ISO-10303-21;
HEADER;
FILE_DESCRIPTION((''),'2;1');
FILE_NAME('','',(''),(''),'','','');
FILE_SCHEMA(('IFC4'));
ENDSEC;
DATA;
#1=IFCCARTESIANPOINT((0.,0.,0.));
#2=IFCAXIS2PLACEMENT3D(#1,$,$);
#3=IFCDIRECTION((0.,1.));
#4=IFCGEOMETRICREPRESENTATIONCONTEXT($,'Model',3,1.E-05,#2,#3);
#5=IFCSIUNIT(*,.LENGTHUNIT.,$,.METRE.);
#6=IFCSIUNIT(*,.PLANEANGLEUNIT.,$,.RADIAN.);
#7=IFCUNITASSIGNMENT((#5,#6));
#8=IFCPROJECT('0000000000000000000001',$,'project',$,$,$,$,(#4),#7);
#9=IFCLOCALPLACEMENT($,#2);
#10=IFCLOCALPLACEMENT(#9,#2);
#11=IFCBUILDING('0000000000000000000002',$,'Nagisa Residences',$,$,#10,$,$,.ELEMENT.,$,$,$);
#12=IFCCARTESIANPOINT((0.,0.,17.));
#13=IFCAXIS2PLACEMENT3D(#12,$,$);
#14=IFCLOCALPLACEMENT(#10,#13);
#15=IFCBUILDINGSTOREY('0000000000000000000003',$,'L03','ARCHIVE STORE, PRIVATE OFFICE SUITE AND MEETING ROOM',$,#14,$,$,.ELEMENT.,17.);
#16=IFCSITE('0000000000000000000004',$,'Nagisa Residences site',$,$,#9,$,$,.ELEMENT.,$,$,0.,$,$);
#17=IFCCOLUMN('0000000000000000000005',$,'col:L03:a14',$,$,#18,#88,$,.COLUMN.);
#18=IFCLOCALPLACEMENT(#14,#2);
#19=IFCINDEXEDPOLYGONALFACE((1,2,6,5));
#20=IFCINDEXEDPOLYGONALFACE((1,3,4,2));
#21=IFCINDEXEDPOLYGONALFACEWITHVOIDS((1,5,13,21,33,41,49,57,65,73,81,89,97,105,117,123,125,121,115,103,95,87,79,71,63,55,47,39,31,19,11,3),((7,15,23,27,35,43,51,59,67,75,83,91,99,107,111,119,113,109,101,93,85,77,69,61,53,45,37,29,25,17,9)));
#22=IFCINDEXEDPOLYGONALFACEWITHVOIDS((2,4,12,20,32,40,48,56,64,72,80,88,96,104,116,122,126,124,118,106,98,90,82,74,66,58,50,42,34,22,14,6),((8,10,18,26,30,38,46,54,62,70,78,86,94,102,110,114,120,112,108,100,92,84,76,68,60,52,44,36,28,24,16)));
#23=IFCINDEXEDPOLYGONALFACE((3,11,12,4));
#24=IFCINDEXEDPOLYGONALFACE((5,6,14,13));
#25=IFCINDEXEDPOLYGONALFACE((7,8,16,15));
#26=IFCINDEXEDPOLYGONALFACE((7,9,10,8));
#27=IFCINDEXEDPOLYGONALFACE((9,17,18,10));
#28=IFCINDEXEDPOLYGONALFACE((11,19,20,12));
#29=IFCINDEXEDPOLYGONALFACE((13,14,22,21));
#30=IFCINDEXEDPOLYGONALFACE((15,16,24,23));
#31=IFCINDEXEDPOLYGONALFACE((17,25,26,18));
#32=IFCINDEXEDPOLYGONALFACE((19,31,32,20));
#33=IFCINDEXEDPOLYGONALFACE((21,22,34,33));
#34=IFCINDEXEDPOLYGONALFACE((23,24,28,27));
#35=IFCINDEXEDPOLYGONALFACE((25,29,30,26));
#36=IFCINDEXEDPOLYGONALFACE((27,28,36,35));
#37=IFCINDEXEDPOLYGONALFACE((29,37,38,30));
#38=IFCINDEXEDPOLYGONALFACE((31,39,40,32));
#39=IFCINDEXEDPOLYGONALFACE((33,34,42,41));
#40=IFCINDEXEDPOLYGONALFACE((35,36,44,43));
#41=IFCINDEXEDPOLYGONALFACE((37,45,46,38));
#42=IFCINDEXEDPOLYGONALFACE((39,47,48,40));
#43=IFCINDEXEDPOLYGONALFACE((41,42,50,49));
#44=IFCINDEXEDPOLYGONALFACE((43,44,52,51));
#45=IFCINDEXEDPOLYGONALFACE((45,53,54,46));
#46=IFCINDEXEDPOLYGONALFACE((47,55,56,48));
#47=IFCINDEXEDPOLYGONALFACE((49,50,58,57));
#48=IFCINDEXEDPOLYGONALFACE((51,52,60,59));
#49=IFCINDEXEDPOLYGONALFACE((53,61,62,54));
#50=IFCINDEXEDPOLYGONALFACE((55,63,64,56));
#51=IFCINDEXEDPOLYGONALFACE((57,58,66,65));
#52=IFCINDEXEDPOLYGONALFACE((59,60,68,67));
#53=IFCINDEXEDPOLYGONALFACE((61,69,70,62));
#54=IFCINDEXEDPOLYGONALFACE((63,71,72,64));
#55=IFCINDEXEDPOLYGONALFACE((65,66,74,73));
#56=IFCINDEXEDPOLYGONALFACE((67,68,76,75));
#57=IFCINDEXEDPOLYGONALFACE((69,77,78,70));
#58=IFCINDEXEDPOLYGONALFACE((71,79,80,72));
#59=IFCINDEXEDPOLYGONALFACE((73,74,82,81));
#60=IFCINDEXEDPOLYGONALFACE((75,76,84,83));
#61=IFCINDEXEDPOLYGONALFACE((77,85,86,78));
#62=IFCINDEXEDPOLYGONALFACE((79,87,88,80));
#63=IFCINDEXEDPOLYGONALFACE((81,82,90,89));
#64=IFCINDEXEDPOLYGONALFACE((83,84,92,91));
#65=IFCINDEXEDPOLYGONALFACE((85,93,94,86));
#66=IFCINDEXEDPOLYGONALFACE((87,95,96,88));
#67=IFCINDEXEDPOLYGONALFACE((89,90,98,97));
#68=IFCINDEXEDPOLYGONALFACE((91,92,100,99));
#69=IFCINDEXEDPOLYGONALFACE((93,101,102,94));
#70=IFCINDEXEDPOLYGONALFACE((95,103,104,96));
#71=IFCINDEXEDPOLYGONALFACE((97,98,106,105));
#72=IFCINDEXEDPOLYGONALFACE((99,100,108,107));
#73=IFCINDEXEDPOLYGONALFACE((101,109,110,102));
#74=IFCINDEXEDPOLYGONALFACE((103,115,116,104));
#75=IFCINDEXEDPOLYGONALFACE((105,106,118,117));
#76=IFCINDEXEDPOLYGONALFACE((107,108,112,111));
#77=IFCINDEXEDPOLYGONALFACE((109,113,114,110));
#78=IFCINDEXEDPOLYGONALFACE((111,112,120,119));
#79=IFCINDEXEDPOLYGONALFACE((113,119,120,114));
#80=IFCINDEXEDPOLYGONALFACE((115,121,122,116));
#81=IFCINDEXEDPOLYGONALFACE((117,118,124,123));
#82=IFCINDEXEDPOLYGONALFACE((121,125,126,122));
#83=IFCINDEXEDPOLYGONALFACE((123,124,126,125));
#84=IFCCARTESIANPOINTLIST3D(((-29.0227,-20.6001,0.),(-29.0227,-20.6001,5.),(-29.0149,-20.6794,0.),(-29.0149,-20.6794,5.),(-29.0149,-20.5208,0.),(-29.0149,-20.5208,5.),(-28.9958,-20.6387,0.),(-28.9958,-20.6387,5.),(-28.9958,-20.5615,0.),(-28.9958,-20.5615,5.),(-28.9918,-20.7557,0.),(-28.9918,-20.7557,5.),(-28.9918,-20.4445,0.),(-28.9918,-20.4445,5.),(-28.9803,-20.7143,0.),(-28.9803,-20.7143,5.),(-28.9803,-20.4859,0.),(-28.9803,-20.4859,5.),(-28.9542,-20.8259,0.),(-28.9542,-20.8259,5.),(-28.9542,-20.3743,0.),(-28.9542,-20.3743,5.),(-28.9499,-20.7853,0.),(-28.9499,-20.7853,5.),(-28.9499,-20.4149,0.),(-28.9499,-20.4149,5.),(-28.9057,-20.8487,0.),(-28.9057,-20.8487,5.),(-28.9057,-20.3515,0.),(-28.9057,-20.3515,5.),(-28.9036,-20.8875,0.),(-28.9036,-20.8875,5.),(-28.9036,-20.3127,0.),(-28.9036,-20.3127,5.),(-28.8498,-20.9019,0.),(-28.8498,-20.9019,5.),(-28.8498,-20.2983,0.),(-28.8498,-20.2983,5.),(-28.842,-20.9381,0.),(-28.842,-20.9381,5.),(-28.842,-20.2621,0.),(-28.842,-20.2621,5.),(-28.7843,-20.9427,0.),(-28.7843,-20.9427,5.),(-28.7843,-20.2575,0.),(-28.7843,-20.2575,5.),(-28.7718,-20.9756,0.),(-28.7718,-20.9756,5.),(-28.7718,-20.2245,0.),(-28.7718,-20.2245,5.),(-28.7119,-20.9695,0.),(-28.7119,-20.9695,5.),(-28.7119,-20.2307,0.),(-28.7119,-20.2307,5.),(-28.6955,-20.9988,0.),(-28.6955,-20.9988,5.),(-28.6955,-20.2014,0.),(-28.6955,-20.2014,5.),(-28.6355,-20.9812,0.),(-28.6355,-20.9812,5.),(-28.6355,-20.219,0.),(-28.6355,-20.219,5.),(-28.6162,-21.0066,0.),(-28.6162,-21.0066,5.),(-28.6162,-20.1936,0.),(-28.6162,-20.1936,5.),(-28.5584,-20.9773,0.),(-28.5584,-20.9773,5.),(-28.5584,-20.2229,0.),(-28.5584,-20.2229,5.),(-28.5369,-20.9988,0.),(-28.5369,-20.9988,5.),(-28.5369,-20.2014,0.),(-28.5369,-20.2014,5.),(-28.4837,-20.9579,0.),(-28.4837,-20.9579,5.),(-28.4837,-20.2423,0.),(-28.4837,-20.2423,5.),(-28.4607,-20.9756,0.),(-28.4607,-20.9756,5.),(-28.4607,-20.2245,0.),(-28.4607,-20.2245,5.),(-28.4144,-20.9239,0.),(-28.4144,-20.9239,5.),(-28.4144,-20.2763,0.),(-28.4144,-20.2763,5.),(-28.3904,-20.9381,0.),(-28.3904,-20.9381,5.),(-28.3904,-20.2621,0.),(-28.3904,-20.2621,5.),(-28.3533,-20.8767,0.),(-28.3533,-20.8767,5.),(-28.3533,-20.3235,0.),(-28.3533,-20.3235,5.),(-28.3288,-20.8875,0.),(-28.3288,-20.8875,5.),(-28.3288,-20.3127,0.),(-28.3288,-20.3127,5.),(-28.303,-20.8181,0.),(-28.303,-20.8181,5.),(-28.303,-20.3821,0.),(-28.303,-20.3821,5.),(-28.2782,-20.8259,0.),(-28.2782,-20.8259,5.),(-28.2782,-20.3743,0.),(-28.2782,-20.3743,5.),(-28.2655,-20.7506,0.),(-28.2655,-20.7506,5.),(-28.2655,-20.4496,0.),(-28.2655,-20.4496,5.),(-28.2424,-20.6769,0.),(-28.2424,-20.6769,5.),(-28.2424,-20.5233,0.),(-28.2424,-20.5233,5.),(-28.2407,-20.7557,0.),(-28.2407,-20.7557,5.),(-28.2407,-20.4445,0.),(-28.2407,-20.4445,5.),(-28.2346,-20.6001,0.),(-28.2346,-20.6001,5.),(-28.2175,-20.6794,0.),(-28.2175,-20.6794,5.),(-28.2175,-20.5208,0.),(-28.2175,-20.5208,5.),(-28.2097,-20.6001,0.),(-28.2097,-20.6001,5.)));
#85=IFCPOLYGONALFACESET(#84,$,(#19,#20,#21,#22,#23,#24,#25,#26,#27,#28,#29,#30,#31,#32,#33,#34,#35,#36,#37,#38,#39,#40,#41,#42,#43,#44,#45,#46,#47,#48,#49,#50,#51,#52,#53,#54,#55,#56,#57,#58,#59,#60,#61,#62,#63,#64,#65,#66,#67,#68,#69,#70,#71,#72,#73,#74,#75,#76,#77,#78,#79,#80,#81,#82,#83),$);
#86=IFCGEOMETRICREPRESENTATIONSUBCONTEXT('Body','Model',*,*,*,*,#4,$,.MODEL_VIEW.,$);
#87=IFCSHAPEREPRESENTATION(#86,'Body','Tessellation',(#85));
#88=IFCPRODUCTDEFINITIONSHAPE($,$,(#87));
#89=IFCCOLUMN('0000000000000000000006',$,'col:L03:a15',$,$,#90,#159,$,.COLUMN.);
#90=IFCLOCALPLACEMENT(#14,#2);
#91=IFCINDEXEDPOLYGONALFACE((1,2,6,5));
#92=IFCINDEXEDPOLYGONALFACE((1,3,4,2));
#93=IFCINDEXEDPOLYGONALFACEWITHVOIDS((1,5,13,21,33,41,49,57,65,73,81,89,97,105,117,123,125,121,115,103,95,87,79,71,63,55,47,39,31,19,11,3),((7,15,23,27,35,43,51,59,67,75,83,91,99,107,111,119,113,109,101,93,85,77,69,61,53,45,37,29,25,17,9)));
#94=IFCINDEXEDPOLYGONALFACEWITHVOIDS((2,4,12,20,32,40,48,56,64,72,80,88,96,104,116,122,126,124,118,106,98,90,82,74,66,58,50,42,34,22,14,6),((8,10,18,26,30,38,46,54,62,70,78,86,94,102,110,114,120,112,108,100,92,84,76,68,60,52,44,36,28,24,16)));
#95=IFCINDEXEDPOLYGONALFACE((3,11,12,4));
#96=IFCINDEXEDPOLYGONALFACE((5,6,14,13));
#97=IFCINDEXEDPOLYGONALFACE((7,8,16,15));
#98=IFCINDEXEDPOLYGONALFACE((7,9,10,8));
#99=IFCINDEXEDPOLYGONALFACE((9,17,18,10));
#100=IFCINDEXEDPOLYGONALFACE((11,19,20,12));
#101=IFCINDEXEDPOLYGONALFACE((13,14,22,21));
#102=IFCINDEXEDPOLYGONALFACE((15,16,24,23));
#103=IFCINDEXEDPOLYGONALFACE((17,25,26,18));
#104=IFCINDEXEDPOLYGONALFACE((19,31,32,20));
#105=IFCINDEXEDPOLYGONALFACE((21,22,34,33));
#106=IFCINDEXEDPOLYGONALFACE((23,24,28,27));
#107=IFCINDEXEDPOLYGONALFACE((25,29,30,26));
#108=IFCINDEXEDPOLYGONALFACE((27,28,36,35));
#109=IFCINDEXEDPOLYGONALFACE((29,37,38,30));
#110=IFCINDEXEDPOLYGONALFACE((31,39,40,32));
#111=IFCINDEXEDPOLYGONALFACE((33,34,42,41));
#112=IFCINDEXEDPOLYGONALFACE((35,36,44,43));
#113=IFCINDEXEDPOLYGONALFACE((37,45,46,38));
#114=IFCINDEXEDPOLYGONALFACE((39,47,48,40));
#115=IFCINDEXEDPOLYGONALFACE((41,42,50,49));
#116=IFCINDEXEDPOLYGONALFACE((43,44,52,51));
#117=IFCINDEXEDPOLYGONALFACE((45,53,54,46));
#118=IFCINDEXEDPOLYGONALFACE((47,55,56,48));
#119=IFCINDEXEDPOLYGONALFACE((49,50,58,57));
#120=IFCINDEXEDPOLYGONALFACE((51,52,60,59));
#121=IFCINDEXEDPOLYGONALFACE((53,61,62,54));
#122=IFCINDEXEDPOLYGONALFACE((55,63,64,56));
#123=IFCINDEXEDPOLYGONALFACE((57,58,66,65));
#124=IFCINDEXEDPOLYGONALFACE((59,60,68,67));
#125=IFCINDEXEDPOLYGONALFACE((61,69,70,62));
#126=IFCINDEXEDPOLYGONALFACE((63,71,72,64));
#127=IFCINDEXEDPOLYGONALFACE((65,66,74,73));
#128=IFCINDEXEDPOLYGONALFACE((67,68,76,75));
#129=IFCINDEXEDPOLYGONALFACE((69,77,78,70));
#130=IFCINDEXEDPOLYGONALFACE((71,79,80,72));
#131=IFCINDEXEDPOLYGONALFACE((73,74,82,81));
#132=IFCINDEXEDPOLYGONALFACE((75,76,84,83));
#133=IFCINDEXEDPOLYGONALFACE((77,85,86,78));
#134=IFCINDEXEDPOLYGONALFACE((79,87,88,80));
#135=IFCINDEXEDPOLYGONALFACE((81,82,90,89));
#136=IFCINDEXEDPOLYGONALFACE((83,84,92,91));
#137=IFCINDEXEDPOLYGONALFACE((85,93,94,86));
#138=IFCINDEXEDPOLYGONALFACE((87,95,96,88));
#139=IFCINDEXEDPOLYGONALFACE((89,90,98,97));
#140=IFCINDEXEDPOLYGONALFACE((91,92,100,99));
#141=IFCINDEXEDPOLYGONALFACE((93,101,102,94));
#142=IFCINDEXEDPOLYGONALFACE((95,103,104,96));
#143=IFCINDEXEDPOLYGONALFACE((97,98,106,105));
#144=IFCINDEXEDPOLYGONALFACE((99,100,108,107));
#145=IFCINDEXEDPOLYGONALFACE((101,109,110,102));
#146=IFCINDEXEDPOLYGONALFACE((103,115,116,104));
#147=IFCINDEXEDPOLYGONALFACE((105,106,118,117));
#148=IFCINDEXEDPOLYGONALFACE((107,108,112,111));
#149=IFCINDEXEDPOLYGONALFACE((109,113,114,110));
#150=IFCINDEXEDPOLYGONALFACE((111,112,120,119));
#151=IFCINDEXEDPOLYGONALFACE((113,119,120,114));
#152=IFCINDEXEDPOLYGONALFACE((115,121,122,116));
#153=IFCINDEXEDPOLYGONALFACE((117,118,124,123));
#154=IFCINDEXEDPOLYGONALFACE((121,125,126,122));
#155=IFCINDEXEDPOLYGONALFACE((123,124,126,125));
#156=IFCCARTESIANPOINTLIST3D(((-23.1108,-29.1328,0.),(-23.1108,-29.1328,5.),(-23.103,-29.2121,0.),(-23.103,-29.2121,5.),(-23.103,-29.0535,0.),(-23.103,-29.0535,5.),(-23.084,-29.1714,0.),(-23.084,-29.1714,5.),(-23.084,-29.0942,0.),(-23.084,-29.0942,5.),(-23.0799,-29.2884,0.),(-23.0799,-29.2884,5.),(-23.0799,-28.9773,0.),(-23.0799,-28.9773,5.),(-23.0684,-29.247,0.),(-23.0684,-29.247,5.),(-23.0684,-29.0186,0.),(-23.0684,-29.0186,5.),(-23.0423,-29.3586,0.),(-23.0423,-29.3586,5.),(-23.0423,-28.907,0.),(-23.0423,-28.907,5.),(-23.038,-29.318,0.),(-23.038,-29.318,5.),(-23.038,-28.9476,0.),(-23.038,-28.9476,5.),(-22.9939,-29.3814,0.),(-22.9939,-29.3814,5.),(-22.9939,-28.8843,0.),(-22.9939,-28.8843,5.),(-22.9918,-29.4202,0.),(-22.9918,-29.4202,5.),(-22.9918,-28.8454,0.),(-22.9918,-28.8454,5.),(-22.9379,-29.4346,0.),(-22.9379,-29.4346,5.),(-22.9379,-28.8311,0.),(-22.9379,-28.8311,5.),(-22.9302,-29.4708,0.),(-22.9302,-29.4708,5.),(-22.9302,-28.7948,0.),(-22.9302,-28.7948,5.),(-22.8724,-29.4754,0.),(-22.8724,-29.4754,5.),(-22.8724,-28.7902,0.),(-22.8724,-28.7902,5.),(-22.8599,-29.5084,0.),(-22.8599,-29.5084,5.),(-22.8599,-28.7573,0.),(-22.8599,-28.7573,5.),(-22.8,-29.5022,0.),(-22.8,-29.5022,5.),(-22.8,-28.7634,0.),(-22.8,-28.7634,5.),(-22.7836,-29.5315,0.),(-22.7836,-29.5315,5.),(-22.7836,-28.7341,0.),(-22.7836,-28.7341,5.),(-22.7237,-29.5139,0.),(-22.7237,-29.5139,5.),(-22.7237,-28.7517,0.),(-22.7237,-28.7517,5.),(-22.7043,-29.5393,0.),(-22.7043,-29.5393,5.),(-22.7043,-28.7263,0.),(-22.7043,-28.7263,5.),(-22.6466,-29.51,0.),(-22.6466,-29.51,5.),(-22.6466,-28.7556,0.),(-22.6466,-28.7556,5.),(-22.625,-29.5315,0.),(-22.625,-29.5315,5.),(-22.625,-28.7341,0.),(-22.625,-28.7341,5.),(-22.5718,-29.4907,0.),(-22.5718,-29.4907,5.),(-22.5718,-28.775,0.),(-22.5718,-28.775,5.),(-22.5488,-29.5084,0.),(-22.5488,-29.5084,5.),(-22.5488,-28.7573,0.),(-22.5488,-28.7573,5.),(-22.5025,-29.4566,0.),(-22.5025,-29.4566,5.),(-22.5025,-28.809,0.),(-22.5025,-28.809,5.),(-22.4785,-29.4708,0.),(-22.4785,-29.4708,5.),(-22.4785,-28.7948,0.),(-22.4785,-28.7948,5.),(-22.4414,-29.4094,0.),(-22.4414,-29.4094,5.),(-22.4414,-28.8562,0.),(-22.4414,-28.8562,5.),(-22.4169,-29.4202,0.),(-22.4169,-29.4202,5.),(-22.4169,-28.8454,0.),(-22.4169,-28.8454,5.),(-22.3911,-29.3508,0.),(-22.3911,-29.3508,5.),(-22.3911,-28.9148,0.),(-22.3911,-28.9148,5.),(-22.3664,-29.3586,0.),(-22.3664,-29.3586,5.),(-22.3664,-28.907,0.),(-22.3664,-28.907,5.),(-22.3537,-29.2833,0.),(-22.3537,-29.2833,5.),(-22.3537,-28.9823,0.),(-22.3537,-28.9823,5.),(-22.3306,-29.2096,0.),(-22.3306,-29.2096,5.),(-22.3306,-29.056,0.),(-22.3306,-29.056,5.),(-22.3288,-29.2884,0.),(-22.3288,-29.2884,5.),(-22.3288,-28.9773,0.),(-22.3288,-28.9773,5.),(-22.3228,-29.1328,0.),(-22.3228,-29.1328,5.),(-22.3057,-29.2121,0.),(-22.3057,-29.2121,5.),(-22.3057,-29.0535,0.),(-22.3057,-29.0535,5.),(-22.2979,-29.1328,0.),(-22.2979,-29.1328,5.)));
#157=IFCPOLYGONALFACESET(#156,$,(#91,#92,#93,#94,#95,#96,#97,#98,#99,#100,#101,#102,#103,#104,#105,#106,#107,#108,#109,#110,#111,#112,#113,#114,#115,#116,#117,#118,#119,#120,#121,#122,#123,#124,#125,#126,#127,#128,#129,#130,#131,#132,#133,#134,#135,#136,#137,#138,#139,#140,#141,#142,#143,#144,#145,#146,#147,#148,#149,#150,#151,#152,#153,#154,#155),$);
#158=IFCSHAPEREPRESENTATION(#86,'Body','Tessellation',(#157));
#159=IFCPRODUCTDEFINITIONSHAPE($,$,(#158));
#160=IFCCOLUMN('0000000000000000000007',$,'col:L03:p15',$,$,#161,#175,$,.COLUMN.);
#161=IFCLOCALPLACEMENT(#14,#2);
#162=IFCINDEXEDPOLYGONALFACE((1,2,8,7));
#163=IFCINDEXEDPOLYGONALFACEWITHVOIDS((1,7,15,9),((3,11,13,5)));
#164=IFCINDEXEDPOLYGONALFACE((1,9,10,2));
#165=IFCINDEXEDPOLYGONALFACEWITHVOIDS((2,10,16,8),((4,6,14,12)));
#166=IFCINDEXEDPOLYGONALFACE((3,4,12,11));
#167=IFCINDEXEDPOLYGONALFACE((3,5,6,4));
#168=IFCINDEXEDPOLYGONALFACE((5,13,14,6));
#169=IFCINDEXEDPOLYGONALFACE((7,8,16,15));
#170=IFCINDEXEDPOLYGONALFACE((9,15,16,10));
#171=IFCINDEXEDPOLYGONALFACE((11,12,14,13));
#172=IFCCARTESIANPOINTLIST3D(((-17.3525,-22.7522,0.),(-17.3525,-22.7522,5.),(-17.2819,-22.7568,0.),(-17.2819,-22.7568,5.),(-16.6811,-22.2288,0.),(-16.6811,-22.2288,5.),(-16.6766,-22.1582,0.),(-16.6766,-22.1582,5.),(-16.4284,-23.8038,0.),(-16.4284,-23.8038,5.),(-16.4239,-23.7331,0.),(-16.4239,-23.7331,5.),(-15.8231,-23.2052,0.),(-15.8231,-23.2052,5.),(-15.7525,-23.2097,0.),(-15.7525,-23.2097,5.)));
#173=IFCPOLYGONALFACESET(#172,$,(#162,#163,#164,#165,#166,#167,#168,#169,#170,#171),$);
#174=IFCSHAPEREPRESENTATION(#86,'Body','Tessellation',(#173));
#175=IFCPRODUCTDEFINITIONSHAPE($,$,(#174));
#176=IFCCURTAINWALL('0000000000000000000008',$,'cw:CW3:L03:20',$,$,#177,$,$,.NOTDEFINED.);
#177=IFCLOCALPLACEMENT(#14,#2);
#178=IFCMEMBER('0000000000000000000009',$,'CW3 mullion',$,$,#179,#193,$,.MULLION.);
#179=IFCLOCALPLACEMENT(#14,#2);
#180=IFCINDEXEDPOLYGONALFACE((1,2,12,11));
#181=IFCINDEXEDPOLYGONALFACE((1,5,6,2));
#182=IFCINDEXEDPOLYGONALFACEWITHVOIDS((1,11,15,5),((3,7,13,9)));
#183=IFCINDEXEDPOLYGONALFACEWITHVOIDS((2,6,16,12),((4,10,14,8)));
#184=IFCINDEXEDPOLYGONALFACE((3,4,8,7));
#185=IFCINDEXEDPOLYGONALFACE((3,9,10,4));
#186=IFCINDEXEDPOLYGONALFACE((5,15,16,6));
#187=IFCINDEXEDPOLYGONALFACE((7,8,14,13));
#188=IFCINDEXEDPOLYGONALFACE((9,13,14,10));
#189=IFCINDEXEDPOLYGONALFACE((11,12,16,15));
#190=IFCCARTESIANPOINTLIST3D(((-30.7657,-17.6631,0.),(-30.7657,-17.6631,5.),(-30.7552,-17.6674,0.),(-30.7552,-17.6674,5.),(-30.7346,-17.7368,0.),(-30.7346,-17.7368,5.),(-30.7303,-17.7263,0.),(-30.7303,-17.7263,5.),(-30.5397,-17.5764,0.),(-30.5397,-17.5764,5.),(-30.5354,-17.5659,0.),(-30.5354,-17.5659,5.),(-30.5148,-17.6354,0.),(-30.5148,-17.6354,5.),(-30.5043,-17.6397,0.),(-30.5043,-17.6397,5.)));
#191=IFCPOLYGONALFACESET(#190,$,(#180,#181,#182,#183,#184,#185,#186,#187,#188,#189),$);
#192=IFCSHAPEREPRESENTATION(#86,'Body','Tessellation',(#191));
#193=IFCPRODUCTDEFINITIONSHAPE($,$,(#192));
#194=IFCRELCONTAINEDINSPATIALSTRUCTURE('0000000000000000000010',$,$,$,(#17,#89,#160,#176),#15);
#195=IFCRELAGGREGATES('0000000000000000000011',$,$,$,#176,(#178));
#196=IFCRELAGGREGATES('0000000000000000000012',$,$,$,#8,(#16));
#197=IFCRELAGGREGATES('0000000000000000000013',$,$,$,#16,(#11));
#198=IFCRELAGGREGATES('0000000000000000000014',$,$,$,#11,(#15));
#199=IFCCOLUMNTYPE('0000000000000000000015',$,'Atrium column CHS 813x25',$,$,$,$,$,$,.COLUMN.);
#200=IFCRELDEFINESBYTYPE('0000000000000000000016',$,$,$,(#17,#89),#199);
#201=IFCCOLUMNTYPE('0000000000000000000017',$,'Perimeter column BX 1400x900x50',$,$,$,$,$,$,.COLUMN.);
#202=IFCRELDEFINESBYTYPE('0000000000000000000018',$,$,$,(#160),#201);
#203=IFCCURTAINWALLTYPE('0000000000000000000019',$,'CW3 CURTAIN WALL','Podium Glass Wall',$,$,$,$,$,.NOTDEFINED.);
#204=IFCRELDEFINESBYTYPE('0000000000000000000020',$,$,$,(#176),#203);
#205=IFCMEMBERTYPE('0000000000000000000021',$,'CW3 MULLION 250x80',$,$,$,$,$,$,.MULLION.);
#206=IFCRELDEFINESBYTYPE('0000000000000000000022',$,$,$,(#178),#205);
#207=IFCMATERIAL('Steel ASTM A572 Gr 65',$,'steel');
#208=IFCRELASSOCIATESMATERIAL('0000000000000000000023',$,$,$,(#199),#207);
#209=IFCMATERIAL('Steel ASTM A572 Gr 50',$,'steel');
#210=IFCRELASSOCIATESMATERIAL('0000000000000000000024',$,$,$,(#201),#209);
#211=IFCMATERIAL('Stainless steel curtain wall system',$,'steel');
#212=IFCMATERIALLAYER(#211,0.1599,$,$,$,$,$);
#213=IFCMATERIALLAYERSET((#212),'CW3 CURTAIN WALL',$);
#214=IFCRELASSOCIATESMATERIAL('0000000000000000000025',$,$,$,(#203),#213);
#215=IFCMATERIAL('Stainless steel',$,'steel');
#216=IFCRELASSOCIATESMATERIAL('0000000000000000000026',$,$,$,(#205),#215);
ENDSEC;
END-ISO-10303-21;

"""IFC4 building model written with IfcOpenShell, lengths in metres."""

from ifc_helpers import new_model, si_unit, direction, frame, origin, origin_2d, place, context, subcontext, project, spatial, hollow_rectangle, hollow_circle, extrude, material, layer, layer_set, material_profile, profile_set, type_object, element, aggregate, save


model = new_model("IFC4")

# Units and contexts
model_context = context("Model", 3, precision=1e-05, world=origin(), true_north=direction((0.0, 1.0)))
body_context = subcontext(model_context, "Body", "Model", "MODEL_VIEW")
ifc_project = project(units=[si_unit("LENGTHUNIT", "METRE"), si_unit("PLANEANGLEUNIT", "RADIAN")], contexts=[model_context])

# Site, building, storey
site_placement = place(None, origin())
site = spatial("IfcSite", under=ifc_project, at=site_placement, Name="Nagisa Residences site", CompositionType="ELEMENT", RefElevation=0.0)
building_placement = place(site_placement, origin())
building = spatial("IfcBuilding", under=site, at=building_placement, Name="Nagisa Residences", CompositionType="ELEMENT")
storey_placement = place(building_placement, frame((0.0, 0.0, 17.0)))
storey = spatial("IfcBuildingStorey", under=building, at=storey_placement, Name="L03", Description="ARCHIVE STORE, PRIVATE OFFICE SUITE AND MEETING ROOM", CompositionType="ELEMENT", Elevation=17.0)

# Columns
ifc_material_1 = material(Name="Steel ASTM A572 Gr 65", Category="steel")
ifc_material_profile_1 = material_profile(ifc_material_1, hollow_circle(Radius=0.4065, WallThickness=0.0249, at=origin_2d()), Name="CHS 813x25")
ifc_profile_set_1 = profile_set([ifc_material_profile_1], Name="Steel ASTM A572 Gr 65")
column_type_1 = type_object("IfcColumnType", Name="Atrium column CHS 813x25", PredefinedType="COLUMN", material=ifc_profile_set_1)
for number, where, z_axis, x_axis, name in (
    (1, (-28.6162, -20.6001, 0.0), (0.0, 0.0, 1.0), (1.0, 0.0, 0.0), "col:L03:a14"),
    (2, (-22.7043, -29.1328, 0.0), (0.0, 0.0, 1.0), (1.0, 0.0, 0.0), "col:L03:a15"),
):
    element("IfcColumn", number, at=place(storey_placement, frame(where, z_axis=z_axis, x_axis=x_axis)), inside=storey, type_object=column_type_1, Name=name, PredefinedType="COLUMN", context=body_context, shape_type="SweptSolid", body=[
        extrude(hollow_circle(Radius=0.4065, WallThickness=0.0249, at=origin_2d()), origin(), (0.0, 0.0, 1.0), 5.0),
    ])
ifc_material_2 = material(Name="Steel ASTM A572 Gr 50", Category="steel")
ifc_material_profile_2 = material_profile(ifc_material_2, hollow_rectangle(XDim=1.3999, YDim=0.8999, WallThickness=0.05, at=origin_2d()), Name="BX 1400x900x50")
ifc_profile_set_2 = profile_set([ifc_material_profile_2], Name="Steel ASTM A572 Gr 50")
column_type_2 = type_object("IfcColumnType", Name="Perimeter column BX 1400x900x50", PredefinedType="COLUMN", material=ifc_profile_set_2)
column_placement = place(storey_placement, frame((-16.5525, -22.981, 0.0), z_axis=(0.0, 0.0, 1.0), x_axis=(0.660115, -0.751165, 0.0)))
element("IfcColumn", 3, at=column_placement, inside=storey, type_object=column_type_2, Name="col:L03:p15", PredefinedType="COLUMN", context=body_context, shape_type="SweptSolid", body=[
    extrude(hollow_rectangle(XDim=1.3999, YDim=0.8999, WallThickness=0.05, at=origin_2d()), origin(), (0.0, 0.0, 1.0), 5.0),
])

# Curtain wall, member
ifc_material_3 = material(Name="Stainless steel curtain wall system", Category="steel")
ifc_layer_1 = layer(ifc_material_3, 0.1599)
ifc_layer_set_1 = layer_set([ifc_layer_1], Name="CW3 CURTAIN WALL")
curtain_wall_type_1 = type_object("IfcCurtainWallType", Name="CW3 CURTAIN WALL", Description="Podium Glass Wall", PredefinedType="NOTDEFINED", material=ifc_layer_set_1)
curtain_wall_1_placement = place(storey_placement, origin())
curtain_wall_1 = element("IfcCurtainWall", 4, at=curtain_wall_1_placement, inside=storey, type_object=curtain_wall_type_1, Name="cw:CW3:L03:20", PredefinedType="NOTDEFINED")
ifc_material_4 = material(Name="Stainless steel", Category="steel")
ifc_material_profile_3 = material_profile(ifc_material_4, hollow_rectangle(XDim=0.25, YDim=0.0801, WallThickness=0.0081, at=origin_2d()), Name="CW3 MULLION 250x80")
ifc_profile_set_3 = profile_set([ifc_material_profile_3], Name="Stainless steel")
member_type_1 = type_object("IfcMemberType", Name="CW3 MULLION 250x80", PredefinedType="MULLION", material=ifc_profile_set_3)
member_1_placement = place(storey_placement, frame((-30.635, -17.6514, 0.0), z_axis=(0.0, 0.0, 1.0), x_axis=(0.921357, 0.388718, 0.0)))
member_1 = element("IfcMember", 5, at=member_1_placement, type_object=member_type_1, Name="CW3 mullion", PredefinedType="MULLION", context=body_context, shape_type="SweptSolid", body=[
    extrude(hollow_rectangle(XDim=0.25, YDim=0.0801, WallThickness=0.0081, at=origin_2d()), origin(), (0.0, 0.0, 1.0), 5.0),
])

aggregate(curtain_wall_1, [member_1])

save(model, "model.ifc")
